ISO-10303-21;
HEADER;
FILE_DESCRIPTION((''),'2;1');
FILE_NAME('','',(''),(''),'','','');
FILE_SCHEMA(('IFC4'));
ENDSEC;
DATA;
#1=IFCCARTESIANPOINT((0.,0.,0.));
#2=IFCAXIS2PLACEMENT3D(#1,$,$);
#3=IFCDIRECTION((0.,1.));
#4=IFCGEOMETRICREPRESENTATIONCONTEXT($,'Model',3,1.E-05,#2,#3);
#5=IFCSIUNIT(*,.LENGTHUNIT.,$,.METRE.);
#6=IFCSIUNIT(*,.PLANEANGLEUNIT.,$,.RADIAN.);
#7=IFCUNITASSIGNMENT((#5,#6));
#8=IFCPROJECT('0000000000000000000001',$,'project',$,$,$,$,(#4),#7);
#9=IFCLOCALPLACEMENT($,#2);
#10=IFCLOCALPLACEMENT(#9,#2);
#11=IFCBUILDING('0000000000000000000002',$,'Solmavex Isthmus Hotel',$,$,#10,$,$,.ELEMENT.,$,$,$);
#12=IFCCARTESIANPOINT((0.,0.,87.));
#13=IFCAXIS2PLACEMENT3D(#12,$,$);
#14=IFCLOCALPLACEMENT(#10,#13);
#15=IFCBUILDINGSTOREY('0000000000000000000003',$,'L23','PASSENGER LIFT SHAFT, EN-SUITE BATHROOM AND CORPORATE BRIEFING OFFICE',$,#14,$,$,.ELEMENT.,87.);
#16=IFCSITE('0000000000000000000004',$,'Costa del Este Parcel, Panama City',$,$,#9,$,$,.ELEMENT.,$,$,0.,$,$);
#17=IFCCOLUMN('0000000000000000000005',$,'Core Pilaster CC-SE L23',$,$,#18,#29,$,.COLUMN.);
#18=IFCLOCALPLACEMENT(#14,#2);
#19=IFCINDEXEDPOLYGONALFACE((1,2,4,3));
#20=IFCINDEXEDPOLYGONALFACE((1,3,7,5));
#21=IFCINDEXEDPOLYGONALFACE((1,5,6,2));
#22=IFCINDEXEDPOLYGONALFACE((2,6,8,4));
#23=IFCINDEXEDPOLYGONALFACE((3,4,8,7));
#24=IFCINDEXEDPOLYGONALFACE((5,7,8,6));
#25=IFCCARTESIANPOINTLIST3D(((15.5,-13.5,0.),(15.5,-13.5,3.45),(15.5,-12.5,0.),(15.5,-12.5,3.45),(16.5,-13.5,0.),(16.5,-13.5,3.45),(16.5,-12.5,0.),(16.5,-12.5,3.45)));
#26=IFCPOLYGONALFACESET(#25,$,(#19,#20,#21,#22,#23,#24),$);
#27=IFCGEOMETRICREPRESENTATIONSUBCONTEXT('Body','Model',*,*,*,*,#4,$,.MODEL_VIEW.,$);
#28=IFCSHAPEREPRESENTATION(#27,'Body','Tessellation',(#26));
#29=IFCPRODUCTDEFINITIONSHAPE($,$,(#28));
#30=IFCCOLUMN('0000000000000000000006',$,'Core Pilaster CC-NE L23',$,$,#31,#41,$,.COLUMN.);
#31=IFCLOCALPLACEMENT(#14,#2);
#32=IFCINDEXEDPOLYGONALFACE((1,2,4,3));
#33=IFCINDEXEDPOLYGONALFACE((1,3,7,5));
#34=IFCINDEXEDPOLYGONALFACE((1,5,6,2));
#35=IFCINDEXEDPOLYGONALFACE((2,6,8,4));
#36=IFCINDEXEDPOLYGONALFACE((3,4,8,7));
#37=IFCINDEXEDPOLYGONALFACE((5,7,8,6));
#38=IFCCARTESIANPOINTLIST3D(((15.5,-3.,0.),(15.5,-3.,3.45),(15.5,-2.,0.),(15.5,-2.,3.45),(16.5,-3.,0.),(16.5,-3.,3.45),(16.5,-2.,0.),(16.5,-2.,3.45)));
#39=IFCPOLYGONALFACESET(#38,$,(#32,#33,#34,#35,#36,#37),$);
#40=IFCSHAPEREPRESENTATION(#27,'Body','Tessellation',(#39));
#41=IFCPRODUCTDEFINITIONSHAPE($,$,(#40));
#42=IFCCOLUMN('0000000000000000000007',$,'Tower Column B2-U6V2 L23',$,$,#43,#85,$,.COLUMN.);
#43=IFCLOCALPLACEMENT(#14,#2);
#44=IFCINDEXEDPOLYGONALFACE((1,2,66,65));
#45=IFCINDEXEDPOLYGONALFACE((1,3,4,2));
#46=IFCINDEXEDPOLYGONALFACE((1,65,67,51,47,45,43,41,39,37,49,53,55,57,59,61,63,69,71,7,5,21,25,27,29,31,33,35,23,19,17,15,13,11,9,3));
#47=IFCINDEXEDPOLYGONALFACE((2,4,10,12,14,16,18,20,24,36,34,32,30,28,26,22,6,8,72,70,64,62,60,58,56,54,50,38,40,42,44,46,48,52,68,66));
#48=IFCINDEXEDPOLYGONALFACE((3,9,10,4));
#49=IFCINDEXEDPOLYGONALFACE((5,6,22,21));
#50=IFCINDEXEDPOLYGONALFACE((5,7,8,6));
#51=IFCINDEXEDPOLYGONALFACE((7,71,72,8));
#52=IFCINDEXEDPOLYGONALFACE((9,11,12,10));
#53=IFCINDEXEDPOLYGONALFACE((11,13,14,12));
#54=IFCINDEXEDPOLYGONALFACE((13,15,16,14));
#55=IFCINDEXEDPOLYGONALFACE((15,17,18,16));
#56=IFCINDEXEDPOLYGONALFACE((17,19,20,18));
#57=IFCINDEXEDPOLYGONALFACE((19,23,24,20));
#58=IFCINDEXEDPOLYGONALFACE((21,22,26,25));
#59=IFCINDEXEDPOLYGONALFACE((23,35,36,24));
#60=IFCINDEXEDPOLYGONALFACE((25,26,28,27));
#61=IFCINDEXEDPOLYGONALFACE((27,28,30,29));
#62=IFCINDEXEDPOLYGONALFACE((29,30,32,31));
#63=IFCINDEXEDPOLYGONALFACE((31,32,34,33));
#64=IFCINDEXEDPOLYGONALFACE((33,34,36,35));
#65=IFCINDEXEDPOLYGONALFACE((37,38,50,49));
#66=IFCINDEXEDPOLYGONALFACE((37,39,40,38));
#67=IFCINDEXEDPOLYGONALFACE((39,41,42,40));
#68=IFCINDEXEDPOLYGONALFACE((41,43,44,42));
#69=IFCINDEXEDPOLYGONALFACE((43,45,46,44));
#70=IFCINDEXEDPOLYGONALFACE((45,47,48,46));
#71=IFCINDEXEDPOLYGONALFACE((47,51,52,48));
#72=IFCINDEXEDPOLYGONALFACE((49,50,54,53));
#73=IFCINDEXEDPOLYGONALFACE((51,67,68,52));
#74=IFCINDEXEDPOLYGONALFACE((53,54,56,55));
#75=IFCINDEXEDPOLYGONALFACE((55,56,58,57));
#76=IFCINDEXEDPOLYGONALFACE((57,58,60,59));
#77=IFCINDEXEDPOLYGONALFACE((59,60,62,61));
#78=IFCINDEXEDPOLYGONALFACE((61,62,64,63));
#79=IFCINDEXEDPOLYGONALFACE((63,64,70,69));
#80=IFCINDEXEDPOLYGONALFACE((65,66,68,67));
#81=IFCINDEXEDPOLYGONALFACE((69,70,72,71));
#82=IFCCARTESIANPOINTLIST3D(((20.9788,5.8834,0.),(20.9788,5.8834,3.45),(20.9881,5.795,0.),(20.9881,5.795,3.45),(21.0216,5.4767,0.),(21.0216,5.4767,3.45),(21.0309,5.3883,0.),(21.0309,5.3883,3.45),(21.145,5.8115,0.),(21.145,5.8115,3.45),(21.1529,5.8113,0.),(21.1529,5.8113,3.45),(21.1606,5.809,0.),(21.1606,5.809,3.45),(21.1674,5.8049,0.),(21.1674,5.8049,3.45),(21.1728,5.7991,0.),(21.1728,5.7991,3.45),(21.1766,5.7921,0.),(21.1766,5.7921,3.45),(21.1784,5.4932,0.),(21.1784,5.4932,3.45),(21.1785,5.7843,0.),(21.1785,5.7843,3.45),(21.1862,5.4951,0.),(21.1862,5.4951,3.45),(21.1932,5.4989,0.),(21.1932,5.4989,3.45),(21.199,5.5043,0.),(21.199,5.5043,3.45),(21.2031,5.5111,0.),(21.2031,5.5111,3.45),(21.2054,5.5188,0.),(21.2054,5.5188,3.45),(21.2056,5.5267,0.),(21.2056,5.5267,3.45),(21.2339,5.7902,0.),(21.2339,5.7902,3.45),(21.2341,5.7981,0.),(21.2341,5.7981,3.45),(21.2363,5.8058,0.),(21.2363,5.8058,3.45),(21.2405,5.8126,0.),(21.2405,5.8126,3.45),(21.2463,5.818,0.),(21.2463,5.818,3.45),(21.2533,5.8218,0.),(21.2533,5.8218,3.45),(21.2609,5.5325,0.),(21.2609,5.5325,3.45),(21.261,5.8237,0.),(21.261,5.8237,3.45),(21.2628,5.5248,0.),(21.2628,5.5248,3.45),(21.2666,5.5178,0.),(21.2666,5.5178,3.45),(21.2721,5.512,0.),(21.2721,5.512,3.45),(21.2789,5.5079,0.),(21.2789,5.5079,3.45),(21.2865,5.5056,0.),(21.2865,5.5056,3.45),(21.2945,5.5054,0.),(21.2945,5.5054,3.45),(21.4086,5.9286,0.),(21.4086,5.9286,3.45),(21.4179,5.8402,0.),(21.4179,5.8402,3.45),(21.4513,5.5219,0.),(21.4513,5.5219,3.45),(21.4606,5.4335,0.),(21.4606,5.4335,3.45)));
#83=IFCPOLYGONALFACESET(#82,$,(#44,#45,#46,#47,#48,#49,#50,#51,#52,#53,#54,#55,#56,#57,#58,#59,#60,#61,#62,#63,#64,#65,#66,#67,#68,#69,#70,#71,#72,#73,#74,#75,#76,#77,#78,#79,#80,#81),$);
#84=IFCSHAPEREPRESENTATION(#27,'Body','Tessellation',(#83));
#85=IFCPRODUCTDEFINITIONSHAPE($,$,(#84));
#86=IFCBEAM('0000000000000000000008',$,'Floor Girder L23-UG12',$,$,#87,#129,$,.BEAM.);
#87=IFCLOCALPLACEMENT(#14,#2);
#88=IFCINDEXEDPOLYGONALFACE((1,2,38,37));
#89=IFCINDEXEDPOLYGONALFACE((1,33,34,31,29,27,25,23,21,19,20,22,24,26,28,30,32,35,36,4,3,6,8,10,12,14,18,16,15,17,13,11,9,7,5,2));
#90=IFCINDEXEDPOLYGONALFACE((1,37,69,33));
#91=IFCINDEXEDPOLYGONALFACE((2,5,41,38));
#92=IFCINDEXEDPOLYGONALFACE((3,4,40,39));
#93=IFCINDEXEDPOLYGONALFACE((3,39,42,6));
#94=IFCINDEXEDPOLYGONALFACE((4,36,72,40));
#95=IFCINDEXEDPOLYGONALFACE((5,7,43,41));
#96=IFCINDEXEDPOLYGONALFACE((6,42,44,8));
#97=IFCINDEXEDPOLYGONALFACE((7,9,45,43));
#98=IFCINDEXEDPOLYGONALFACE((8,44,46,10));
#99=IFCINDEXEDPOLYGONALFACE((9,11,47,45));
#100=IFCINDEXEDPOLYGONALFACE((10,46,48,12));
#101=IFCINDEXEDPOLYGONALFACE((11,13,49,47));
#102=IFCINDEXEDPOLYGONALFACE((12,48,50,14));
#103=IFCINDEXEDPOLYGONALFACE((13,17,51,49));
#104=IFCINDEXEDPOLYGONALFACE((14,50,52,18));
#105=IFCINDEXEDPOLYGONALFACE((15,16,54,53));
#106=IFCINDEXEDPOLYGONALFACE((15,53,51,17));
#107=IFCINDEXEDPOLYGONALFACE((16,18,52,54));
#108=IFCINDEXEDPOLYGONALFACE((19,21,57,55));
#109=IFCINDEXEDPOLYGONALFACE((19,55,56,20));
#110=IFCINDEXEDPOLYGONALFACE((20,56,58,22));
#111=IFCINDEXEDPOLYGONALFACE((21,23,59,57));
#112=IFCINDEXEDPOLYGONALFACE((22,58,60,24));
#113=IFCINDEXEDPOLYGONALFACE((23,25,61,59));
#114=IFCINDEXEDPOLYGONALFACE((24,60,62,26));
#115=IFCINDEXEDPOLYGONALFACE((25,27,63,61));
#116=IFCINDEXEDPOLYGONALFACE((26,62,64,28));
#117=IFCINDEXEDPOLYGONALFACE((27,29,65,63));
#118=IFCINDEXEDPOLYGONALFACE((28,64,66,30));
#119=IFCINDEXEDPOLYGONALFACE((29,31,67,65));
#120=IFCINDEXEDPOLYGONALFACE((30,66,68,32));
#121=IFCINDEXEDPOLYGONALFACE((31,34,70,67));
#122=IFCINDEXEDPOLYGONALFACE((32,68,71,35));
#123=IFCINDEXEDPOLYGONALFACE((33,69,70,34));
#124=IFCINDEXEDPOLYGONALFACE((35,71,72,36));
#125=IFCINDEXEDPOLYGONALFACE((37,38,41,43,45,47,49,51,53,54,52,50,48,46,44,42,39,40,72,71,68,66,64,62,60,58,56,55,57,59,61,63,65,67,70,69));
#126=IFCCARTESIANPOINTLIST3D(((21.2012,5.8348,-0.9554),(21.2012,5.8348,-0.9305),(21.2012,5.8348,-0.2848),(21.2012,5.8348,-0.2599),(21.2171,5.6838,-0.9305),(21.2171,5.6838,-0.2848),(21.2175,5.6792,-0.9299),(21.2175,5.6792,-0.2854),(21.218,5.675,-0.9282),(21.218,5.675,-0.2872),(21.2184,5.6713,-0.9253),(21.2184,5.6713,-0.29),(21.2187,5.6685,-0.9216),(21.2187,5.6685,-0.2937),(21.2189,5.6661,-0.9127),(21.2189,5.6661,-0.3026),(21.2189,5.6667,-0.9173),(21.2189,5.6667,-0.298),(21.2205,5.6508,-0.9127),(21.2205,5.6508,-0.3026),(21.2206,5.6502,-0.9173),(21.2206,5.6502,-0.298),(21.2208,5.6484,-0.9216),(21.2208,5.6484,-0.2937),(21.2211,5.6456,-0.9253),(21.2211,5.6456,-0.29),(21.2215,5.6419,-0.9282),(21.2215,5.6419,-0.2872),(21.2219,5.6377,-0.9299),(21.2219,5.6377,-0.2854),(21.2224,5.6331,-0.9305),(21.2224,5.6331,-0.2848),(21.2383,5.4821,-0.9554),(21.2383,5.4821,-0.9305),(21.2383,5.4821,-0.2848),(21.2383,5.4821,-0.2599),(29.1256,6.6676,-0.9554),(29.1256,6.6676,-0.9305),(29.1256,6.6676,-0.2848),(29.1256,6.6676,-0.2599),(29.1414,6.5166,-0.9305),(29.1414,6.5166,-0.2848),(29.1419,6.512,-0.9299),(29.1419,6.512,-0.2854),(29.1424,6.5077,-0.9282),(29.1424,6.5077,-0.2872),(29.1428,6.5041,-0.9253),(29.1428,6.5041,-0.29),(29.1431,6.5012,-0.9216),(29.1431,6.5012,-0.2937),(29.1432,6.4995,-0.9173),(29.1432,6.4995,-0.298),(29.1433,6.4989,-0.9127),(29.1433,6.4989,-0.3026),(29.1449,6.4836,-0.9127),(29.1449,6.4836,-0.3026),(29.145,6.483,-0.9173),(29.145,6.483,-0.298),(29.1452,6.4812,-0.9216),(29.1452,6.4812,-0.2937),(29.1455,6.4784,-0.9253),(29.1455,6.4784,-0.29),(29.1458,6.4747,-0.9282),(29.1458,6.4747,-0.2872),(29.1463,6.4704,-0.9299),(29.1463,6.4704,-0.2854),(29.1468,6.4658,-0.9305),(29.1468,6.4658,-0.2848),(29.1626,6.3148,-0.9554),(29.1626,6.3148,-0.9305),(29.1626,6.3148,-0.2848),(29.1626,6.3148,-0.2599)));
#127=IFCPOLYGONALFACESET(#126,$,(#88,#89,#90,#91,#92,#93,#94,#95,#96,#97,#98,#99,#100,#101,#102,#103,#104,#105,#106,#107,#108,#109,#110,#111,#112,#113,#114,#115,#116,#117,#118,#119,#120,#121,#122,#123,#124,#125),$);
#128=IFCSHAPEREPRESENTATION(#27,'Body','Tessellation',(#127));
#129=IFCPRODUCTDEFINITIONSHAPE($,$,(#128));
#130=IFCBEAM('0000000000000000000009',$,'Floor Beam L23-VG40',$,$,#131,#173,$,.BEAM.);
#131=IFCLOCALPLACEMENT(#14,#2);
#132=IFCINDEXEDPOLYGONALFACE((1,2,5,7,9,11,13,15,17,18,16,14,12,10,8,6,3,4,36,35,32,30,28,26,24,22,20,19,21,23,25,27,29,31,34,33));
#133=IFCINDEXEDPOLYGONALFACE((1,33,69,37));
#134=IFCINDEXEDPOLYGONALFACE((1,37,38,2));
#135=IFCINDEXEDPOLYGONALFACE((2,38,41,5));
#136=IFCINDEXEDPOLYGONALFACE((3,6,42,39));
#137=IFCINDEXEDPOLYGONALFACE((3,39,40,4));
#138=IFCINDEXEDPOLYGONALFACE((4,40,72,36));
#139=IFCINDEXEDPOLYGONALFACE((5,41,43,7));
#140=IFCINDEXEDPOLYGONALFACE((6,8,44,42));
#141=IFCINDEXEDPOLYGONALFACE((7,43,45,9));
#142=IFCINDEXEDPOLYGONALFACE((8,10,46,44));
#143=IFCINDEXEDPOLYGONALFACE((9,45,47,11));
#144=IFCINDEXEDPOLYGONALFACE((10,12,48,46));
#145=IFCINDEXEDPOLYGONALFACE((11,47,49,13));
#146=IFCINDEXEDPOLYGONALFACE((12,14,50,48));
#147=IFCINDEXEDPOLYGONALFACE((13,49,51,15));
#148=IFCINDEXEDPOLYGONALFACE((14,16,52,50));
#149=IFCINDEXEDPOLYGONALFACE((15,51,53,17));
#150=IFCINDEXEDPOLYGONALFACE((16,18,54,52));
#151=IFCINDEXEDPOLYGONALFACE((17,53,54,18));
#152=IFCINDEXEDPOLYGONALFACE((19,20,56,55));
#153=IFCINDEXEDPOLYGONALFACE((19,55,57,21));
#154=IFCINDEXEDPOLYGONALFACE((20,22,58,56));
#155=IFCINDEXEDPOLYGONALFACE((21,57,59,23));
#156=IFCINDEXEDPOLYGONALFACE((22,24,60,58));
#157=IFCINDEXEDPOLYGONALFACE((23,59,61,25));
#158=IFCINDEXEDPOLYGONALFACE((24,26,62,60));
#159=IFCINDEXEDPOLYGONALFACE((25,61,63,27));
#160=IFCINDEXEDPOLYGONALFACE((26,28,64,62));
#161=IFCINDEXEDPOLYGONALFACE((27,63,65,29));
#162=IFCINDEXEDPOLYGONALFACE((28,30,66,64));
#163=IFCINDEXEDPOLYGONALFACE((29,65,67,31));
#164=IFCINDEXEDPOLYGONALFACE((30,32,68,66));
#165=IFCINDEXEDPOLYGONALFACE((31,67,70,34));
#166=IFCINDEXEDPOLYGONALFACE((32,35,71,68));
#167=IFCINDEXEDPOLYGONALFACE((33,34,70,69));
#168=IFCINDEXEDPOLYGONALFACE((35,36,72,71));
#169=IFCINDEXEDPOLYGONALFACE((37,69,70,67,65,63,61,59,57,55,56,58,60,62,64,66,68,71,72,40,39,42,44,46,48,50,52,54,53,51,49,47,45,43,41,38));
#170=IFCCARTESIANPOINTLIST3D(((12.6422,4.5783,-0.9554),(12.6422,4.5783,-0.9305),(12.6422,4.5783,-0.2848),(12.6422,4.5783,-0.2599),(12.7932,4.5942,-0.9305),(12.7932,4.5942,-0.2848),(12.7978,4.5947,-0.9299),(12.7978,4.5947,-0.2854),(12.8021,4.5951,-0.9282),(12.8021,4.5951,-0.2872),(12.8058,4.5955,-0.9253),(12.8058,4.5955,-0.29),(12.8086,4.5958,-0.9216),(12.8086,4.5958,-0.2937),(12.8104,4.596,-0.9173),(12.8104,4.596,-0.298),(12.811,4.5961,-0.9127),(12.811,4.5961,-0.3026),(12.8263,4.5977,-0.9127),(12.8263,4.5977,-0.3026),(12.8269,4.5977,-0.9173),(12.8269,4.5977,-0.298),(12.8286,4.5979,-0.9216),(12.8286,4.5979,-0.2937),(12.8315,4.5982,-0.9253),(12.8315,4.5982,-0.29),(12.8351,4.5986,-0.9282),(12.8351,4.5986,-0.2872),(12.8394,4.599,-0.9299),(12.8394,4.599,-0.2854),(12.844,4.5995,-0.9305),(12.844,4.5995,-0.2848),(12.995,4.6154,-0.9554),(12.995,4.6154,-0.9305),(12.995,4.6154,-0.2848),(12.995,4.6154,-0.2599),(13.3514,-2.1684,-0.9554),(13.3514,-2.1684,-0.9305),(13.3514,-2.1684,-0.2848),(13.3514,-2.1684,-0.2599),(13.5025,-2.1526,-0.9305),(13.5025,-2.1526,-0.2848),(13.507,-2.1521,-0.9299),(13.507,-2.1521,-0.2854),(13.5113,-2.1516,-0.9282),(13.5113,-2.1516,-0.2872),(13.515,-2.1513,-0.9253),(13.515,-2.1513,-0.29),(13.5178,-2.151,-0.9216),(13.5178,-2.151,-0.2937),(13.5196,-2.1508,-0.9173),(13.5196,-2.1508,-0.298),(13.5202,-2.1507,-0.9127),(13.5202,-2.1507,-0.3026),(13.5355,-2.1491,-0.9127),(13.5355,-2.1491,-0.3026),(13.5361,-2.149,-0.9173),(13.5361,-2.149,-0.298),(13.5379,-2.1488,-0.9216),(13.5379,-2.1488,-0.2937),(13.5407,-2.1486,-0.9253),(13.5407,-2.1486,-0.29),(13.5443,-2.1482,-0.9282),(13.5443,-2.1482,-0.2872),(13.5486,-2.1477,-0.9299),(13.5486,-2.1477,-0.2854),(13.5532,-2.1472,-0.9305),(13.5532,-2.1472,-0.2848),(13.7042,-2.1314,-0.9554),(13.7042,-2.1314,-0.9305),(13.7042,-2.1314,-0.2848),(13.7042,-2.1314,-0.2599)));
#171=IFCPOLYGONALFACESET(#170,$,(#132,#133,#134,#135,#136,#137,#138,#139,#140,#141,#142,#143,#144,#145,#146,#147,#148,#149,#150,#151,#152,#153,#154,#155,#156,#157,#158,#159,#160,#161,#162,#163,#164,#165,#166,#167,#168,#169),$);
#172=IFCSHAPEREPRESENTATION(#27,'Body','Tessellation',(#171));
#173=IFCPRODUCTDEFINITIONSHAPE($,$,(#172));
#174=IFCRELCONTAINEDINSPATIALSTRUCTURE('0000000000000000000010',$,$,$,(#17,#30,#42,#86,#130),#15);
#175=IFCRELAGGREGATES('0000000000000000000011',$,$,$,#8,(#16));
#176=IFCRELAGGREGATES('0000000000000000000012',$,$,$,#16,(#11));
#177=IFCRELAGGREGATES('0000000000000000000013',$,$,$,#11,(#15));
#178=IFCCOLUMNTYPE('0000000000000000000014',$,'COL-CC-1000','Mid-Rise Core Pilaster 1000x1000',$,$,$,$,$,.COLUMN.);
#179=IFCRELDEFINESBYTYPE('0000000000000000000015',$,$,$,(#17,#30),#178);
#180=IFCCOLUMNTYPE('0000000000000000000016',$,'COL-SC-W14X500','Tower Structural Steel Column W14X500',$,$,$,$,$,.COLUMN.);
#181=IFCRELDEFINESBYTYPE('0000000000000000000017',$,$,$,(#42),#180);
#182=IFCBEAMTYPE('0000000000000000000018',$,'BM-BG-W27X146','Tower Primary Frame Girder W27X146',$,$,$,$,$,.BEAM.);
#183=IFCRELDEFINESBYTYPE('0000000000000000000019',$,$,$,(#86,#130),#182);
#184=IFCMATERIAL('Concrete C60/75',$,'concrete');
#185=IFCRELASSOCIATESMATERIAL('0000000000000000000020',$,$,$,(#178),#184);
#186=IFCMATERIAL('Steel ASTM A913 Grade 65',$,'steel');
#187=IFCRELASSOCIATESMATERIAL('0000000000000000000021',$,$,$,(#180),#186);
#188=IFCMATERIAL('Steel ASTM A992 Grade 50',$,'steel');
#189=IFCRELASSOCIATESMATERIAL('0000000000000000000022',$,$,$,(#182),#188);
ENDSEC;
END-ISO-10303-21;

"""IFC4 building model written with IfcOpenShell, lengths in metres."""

from ifc_helpers import new_model, si_unit, direction, frame, origin, origin_2d, place, context, subcontext, project, spatial, rectangle, i_section, extrude, material, material_profile, profile_set, type_object, element, save


model = new_model("IFC4")

# Units and contexts
model_context = context("Model", 3, precision=1e-05, world=origin(), true_north=direction((0.0, 1.0)))
body_context = subcontext(model_context, "Body", "Model", "MODEL_VIEW")
ifc_project = project(units=[si_unit("LENGTHUNIT", "METRE"), si_unit("PLANEANGLEUNIT", "RADIAN")], contexts=[model_context])

# Site, building, storey
site_placement = place(None, origin())
site = spatial("IfcSite", under=ifc_project, at=site_placement, Name="Costa del Este Parcel, Panama City", CompositionType="ELEMENT", RefElevation=0.0)
building_placement = place(site_placement, origin())
building = spatial("IfcBuilding", under=site, at=building_placement, Name="Solmavex Isthmus Hotel", CompositionType="ELEMENT")
storey_placement = place(building_placement, frame((0.0, 0.0, 87.0)))
storey = spatial("IfcBuildingStorey", under=building, at=storey_placement, Name="L23", Description="PASSENGER LIFT SHAFT, EN-SUITE BATHROOM AND CORPORATE BRIEFING OFFICE", CompositionType="ELEMENT", Elevation=87.0)

# Columns
ifc_material_1 = material(Name="Concrete C60/75", Category="concrete")
ifc_material_profile_1 = material_profile(ifc_material_1, rectangle(XDim=1.0, YDim=1.0, at=origin_2d()), Name="RC1000X1000")
ifc_profile_set_1 = profile_set([ifc_material_profile_1], Name="Concrete C60/75")
column_type_1 = type_object("IfcColumnType", Name="COL-CC-1000", Description="Mid-Rise Core Pilaster 1000x1000", PredefinedType="COLUMN", material=ifc_profile_set_1)
for number, where, z_axis, x_axis, name in (
    (1, (16.0, -13.0, 0.0), (0.0, 0.0, 1.0), (1.0, 0.0, 0.0), "Core Pilaster CC-SE L23"),
    (2, (16.0, -2.5, 0.0), (0.0, 0.0, 1.0), (1.0, 0.0, 0.0), "Core Pilaster CC-NE L23"),
):
    element("IfcColumn", number, at=place(storey_placement, frame(where, z_axis=z_axis, x_axis=x_axis)), inside=storey, type_object=column_type_1, Name=name, PredefinedType="COLUMN", context=body_context, shape_type="SweptSolid", body=[
        extrude(rectangle(XDim=1.0, YDim=1.0, at=origin_2d()), origin(), (0.0, 0.0, 1.0), 3.45),
    ])
ifc_material_2 = material(Name="Steel ASTM A913 Grade 65", Category="steel")
ifc_material_profile_2 = material_profile(ifc_material_2, i_section(OverallWidth=0.4321, OverallDepth=0.4978, WebThickness=0.0557, FlangeThickness=0.0889, FilletRadius=0.0305, at=origin_2d()), Name="W14X500")
ifc_profile_set_2 = profile_set([ifc_material_profile_2], Name="Steel ASTM A913 Grade 65")
column_type_2 = type_object("IfcColumnType", Name="COL-SC-W14X500", Description="Tower Structural Steel Column W14X500", PredefinedType="COLUMN", material=ifc_profile_set_2)
column_placement = place(storey_placement, frame((21.2197, 5.6584, 0.0), z_axis=(0.0, 0.0, 1.0), x_axis=(0.994522, 0.104528, 0.0)))
element("IfcColumn", 3, at=column_placement, inside=storey, type_object=column_type_2, Name="Tower Column B2-U6V2 L23", PredefinedType="COLUMN", context=body_context, shape_type="SweptSolid", body=[
    extrude(i_section(OverallWidth=0.4321, OverallDepth=0.4978, WebThickness=0.0557, FlangeThickness=0.0889, FilletRadius=0.0305, at=origin_2d()), origin(), (0.0, 0.0, 1.0), 3.45),
])

# Beams
ifc_material_3 = material(Name="Steel ASTM A992 Grade 50", Category="steel")
ifc_material_profile_3 = material_profile(ifc_material_3, i_section(OverallWidth=0.3547, OverallDepth=0.6956, WebThickness=0.0154, FlangeThickness=0.0249, FilletRadius=0.0178, at=origin_2d()), Name="W27X146")
ifc_profile_set_3 = profile_set([ifc_material_profile_3], Name="Steel ASTM A992 Grade 50")
beam_type_1 = type_object("IfcBeamType", Name="BM-BG-W27X146", Description="Tower Primary Frame Girder W27X146", PredefinedType="BEAM", material=ifc_profile_set_3)
beam_1_placement = place(storey_placement, frame((21.2197, 5.6584, -0.6077), z_axis=(0.994523, 0.104514, 0.0), x_axis=(-0.104514, 0.994523, 0.0)))
element("IfcBeam", 4, at=beam_1_placement, inside=storey, type_object=beam_type_1, Name="Floor Girder L23-UG12", PredefinedType="BEAM", context=body_context, shape_type="SweptSolid", body=[
    extrude(i_section(OverallWidth=0.3547, OverallDepth=0.6956, WebThickness=0.0154, FlangeThickness=0.0249, FilletRadius=0.0178, at=origin_2d()), origin(), (0.0, 0.0, 1.0), 7.968),
])
beam_2_placement = place(storey_placement, frame((13.5278, -2.1499, -0.6077), z_axis=(-0.104544, 0.99452, 0.0), x_axis=(-0.99452, -0.104544, 0.0)))
element("IfcBeam", 5, at=beam_2_placement, inside=storey, type_object=beam_type_1, Name="Floor Beam L23-VG40", PredefinedType="BEAM", context=body_context, shape_type="SweptSolid", body=[
    extrude(i_section(OverallWidth=0.3547, OverallDepth=0.6956, WebThickness=0.0154, FlangeThickness=0.0249, FilletRadius=0.0178, at=origin_2d()), origin(), (0.0, 0.0, 1.0), 6.7839),
])

save(model, "model.ifc")
